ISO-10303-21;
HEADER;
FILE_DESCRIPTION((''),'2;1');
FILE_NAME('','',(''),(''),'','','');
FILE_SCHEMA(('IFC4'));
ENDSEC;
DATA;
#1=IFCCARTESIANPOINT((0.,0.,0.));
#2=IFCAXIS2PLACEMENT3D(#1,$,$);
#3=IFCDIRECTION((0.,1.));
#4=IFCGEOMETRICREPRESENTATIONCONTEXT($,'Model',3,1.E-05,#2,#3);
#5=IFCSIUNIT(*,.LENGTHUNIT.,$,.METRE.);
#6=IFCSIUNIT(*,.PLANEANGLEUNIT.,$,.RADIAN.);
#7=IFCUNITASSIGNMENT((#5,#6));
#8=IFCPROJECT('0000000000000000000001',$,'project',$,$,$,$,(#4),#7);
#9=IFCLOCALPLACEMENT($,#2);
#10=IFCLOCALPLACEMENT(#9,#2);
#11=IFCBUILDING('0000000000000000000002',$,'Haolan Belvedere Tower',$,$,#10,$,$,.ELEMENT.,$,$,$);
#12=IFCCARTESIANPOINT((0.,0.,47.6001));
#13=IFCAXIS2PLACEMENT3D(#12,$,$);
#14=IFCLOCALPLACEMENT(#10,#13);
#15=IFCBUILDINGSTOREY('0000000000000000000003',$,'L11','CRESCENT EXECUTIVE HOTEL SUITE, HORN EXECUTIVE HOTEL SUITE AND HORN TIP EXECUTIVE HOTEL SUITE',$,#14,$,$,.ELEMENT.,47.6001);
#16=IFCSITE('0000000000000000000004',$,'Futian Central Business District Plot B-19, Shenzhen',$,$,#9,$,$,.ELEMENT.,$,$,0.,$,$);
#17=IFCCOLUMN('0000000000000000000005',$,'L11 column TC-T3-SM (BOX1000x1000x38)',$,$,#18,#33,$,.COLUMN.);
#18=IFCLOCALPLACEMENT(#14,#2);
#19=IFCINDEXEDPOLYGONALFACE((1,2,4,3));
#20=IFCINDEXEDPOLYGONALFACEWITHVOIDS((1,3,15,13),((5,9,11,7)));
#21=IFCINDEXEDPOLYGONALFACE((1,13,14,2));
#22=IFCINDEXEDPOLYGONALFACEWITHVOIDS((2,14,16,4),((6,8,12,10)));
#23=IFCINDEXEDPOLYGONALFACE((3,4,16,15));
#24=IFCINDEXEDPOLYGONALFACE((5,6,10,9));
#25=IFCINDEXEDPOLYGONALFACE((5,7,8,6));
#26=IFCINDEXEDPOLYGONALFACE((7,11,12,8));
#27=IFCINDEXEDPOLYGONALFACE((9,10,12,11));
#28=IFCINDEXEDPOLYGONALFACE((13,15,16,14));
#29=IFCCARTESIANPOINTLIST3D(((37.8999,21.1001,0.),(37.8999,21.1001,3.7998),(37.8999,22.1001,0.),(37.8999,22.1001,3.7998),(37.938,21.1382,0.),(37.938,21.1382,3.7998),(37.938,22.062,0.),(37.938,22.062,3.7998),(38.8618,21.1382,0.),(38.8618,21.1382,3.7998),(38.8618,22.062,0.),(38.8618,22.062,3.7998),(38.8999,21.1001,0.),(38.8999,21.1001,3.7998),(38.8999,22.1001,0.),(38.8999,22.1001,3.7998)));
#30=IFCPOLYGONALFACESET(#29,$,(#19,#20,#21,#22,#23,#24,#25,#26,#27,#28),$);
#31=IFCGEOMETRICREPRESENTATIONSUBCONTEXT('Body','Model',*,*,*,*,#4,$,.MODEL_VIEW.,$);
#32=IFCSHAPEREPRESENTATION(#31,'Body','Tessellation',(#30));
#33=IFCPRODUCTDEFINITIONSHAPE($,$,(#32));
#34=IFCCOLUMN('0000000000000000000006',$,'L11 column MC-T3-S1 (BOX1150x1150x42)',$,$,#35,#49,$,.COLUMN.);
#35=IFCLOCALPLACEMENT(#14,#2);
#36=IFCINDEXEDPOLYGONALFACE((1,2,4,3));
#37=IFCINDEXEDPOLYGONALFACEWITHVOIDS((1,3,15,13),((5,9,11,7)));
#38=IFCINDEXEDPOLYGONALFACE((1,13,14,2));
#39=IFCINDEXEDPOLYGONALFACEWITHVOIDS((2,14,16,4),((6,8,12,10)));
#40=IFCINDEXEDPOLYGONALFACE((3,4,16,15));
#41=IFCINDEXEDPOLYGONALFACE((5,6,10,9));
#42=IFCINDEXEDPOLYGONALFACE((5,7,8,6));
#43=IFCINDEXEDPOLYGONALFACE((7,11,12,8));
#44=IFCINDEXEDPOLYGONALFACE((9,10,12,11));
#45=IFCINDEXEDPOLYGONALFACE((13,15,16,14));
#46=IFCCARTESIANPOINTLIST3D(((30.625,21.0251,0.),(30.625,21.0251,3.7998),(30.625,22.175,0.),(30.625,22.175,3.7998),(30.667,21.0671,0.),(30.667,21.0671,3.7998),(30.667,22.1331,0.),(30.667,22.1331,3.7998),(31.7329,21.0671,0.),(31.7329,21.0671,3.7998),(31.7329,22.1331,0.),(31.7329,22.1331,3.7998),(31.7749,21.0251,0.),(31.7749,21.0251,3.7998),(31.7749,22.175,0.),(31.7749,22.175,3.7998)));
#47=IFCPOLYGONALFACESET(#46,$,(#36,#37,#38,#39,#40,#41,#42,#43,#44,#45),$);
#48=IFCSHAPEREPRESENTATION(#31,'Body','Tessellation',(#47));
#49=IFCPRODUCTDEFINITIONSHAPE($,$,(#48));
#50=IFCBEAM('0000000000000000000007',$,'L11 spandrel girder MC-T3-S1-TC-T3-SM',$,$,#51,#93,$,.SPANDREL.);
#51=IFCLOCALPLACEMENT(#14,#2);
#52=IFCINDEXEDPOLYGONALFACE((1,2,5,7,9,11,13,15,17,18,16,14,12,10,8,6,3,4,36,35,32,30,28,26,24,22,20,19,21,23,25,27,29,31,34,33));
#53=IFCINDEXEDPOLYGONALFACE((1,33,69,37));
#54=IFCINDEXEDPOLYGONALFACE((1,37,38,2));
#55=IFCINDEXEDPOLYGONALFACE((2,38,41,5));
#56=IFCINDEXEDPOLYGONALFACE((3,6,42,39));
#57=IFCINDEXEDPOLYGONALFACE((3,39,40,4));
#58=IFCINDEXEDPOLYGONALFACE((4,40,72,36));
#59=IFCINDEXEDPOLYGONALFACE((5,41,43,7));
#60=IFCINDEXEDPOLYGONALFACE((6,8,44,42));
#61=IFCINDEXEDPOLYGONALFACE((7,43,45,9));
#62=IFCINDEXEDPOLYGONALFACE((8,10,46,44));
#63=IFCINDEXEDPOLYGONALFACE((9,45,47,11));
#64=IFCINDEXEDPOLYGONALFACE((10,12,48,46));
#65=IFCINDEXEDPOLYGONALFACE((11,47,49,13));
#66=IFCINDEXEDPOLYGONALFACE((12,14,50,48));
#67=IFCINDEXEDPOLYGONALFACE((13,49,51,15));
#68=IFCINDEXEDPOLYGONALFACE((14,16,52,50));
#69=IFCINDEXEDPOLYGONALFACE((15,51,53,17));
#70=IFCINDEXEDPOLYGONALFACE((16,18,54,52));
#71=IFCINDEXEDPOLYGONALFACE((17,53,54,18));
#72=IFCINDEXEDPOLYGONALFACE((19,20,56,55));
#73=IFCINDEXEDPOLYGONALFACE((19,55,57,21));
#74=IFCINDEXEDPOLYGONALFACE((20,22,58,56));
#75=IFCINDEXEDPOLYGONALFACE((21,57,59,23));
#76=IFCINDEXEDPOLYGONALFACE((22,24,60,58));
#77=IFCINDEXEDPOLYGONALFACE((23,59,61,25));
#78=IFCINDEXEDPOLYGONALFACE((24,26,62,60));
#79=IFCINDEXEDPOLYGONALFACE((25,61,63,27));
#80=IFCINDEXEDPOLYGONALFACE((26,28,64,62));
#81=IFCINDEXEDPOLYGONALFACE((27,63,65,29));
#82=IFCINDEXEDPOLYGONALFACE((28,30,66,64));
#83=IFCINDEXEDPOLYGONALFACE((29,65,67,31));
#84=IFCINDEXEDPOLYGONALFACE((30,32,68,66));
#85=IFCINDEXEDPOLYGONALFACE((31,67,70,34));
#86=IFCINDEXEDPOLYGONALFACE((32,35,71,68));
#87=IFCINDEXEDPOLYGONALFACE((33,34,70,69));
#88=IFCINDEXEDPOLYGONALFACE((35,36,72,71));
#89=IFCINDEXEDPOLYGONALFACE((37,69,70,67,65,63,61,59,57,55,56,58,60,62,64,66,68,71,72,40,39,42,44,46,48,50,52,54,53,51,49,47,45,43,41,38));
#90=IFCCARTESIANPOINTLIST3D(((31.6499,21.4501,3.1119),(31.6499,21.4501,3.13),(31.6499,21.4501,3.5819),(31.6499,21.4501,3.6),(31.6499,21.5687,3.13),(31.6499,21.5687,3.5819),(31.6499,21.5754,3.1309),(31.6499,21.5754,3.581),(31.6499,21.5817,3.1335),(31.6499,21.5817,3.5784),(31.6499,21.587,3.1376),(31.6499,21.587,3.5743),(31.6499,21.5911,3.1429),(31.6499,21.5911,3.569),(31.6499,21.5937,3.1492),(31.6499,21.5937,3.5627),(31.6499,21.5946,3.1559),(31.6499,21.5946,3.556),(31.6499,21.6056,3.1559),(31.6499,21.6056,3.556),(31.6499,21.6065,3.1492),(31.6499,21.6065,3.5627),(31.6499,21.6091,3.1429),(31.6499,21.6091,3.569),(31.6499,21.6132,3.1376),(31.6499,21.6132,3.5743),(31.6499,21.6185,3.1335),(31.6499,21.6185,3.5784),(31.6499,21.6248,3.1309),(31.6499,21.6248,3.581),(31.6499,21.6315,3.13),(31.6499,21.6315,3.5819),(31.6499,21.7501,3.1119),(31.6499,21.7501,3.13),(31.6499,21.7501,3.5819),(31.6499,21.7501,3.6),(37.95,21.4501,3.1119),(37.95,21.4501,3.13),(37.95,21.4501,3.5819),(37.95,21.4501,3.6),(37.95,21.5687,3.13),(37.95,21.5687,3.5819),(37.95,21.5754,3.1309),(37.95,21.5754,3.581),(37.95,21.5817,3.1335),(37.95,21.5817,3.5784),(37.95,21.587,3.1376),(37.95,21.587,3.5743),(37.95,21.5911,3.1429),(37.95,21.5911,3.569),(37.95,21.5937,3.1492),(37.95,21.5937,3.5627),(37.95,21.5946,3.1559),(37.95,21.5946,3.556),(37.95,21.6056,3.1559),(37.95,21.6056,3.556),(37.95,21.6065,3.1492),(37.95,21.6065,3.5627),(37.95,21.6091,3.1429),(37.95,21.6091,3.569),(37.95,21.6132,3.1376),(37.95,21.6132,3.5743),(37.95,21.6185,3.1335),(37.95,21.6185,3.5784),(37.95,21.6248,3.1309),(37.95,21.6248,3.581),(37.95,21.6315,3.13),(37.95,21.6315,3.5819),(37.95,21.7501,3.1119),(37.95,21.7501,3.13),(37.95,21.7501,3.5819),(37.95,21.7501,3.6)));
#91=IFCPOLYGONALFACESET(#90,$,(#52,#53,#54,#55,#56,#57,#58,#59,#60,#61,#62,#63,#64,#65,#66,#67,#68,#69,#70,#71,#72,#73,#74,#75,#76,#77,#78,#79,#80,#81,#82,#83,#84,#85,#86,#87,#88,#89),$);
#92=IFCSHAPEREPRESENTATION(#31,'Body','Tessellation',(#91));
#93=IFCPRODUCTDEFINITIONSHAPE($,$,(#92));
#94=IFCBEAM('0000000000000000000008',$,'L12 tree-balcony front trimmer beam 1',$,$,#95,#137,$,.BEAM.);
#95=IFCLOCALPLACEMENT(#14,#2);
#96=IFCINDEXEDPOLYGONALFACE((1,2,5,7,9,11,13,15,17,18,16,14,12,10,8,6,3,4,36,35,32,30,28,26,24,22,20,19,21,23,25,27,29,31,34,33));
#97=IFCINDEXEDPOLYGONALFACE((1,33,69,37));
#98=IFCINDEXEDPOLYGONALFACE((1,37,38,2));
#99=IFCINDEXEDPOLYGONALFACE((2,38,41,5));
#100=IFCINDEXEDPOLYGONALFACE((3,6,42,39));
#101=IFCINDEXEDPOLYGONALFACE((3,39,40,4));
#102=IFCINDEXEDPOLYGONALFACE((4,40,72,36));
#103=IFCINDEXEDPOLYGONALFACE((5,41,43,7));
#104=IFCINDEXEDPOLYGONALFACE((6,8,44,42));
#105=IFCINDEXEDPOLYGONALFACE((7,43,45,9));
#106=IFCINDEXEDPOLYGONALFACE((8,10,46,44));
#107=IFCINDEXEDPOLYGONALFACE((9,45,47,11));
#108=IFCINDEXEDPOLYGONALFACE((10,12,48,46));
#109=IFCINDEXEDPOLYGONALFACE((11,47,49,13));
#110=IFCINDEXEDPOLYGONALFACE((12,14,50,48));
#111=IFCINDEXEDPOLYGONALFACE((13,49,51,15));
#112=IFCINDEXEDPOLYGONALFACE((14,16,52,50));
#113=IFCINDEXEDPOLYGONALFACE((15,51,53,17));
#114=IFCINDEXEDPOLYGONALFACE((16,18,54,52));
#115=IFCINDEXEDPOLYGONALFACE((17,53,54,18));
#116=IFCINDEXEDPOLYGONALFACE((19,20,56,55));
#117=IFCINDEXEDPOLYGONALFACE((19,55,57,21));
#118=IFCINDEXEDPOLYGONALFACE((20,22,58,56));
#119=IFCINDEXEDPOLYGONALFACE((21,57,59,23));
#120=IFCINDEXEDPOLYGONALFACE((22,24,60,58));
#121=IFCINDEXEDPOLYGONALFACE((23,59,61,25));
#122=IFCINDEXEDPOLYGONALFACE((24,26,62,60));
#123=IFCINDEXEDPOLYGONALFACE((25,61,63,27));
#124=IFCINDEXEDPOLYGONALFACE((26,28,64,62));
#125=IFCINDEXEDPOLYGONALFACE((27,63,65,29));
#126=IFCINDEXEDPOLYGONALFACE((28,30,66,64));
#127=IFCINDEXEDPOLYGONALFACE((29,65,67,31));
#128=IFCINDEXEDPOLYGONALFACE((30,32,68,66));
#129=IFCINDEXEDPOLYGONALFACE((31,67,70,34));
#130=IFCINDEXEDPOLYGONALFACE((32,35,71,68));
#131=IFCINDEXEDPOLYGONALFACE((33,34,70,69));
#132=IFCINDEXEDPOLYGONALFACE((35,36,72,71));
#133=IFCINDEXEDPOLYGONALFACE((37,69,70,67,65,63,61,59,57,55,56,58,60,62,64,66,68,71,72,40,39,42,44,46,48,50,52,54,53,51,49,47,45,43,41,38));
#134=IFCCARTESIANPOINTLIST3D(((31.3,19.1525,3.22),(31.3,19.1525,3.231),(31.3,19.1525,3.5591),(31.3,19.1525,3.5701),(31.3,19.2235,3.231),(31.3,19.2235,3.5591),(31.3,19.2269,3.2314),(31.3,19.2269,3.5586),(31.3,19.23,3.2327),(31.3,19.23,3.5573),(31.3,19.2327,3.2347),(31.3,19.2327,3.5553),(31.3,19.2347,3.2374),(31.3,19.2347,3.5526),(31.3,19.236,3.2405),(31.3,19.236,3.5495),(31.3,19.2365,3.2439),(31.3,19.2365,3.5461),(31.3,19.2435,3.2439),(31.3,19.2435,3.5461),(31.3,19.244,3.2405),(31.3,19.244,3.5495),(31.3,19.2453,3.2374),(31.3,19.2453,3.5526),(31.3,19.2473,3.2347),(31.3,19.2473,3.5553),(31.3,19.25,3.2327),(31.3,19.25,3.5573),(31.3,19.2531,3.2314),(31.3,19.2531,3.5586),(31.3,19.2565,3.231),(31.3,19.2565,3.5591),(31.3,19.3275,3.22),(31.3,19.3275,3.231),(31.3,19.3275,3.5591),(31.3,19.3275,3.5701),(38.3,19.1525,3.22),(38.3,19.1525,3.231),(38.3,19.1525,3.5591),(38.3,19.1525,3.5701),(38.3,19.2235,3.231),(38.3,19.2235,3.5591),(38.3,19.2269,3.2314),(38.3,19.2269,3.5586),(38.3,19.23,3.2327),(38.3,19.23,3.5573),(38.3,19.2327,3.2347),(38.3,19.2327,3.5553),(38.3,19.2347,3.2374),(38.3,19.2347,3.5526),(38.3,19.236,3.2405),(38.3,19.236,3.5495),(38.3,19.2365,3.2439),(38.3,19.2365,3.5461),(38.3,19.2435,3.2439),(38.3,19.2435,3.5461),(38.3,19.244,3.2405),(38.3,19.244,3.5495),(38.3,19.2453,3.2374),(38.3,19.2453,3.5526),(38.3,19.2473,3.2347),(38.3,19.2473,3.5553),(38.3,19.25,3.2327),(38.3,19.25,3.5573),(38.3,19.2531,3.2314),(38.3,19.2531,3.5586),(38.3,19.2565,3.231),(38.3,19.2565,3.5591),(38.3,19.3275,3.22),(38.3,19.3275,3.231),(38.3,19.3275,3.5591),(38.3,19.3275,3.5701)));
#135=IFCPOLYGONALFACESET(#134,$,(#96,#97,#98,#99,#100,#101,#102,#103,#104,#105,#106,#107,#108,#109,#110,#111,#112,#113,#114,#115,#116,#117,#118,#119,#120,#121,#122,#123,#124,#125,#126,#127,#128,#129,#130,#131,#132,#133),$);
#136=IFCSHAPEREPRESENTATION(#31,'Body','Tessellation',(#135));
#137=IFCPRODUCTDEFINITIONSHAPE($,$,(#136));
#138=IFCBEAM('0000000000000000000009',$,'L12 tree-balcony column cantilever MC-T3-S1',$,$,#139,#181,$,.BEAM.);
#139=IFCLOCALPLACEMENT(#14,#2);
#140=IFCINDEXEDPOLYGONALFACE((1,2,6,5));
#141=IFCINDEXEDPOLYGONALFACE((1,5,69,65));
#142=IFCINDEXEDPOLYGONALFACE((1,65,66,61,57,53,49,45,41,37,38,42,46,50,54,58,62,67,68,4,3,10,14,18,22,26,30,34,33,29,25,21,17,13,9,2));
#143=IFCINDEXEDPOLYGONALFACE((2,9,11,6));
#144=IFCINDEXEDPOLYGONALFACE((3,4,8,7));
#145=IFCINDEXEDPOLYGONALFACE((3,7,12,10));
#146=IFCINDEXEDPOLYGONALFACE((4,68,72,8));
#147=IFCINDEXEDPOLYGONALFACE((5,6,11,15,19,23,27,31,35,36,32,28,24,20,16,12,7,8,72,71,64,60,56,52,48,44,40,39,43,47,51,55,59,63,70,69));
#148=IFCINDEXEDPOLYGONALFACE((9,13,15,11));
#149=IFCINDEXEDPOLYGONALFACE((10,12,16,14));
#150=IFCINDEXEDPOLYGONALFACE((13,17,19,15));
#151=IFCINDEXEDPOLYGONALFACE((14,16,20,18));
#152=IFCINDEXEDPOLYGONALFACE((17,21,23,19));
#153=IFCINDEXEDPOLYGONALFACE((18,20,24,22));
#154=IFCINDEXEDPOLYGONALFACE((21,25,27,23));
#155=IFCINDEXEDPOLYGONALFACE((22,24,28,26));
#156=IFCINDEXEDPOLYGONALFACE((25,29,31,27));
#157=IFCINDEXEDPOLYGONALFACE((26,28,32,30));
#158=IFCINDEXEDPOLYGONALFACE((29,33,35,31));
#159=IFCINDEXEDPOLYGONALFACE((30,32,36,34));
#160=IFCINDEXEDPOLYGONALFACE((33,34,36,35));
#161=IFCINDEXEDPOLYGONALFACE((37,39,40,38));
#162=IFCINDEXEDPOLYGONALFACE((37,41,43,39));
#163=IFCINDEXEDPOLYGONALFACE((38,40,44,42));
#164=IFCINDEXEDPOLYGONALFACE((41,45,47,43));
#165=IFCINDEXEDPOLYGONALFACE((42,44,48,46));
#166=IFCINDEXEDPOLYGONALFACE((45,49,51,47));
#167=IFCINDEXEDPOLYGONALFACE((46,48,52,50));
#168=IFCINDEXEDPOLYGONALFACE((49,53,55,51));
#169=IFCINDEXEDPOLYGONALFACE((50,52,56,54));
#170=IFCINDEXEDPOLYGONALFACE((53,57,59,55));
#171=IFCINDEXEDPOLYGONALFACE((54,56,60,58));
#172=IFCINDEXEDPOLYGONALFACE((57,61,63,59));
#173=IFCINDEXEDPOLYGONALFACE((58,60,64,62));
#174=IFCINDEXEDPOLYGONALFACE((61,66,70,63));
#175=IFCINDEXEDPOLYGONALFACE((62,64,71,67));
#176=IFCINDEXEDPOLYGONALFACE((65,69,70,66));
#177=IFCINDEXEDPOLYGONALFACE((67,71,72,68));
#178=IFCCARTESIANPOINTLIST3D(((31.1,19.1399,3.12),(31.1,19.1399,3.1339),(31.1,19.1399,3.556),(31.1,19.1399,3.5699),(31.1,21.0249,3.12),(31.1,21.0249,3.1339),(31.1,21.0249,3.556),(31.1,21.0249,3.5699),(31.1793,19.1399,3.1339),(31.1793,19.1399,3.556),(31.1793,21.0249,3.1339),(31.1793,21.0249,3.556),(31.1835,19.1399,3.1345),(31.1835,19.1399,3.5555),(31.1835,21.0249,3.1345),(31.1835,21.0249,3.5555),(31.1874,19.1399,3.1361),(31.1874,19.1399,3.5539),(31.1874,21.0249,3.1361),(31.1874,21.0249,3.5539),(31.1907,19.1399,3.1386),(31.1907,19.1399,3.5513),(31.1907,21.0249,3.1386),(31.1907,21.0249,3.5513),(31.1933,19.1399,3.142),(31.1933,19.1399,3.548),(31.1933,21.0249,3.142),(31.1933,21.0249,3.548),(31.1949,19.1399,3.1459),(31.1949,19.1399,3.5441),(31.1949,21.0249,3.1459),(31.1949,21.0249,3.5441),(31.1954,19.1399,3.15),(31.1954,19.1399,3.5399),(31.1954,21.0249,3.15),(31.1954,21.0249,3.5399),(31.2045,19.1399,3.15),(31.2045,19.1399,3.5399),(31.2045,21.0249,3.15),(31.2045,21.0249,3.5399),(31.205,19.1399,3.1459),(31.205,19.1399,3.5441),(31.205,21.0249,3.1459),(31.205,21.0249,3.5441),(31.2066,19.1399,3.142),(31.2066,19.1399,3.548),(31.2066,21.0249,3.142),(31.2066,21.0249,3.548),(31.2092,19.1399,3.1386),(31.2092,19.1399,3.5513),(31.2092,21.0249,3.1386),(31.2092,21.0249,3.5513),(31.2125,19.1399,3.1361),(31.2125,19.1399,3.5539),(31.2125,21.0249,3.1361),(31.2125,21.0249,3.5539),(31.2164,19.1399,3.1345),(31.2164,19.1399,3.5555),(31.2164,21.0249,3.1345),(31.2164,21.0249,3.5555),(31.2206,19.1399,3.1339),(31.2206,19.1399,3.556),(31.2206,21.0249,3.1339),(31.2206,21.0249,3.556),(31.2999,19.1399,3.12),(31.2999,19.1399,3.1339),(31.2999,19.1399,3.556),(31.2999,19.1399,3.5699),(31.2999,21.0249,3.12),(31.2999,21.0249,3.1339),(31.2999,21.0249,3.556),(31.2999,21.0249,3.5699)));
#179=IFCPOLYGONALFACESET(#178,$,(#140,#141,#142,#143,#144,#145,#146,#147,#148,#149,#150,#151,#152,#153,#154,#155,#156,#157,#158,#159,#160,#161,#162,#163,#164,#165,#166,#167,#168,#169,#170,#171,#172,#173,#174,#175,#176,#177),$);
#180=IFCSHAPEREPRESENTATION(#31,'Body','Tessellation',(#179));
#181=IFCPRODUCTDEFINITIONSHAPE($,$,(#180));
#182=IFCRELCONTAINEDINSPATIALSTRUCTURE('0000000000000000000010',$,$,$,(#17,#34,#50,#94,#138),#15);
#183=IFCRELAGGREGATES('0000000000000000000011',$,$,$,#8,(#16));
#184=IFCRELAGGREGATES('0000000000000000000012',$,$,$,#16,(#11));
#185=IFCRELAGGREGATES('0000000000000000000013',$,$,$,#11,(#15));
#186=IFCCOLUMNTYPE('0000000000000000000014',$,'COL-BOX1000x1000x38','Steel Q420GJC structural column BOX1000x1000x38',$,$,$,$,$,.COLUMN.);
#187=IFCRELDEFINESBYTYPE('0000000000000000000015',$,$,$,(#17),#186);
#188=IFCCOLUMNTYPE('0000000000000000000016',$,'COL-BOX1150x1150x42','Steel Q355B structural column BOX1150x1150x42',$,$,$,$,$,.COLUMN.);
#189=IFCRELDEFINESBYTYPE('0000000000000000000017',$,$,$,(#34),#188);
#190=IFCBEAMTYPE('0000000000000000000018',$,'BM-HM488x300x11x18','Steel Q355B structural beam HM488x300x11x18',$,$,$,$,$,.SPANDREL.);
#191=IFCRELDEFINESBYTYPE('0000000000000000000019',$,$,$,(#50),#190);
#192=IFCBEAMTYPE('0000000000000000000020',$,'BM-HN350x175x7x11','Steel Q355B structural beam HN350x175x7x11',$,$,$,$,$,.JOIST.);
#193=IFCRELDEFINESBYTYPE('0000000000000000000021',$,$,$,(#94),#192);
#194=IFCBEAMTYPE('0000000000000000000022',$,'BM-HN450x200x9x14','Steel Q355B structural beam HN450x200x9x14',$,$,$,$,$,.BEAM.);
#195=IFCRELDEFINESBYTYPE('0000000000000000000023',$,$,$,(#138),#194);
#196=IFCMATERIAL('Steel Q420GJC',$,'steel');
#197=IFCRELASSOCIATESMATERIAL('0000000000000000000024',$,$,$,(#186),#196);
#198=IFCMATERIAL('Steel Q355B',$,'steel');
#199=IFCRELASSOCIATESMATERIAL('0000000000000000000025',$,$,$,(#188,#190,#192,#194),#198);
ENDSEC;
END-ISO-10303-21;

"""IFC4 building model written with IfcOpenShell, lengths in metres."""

from ifc_helpers import new_model, si_unit, direction, frame, origin, origin_2d, place, context, subcontext, project, spatial, hollow_rectangle, i_section, extrude, material, material_profile, profile_set, type_object, element, save


model = new_model("IFC4")

# Units and contexts
model_context = context("Model", 3, precision=1e-05, world=origin(), true_north=direction((0.0, 1.0)))
body_context = subcontext(model_context, "Body", "Model", "MODEL_VIEW")
ifc_project = project(units=[si_unit("LENGTHUNIT", "METRE"), si_unit("PLANEANGLEUNIT", "RADIAN")], contexts=[model_context])

# Site, building, storey
site_placement = place(None, origin())
site = spatial("IfcSite", under=ifc_project, at=site_placement, Name="Futian Central Business District Plot B-19, Shenzhen", CompositionType="ELEMENT", RefElevation=0.0)
building_placement = place(site_placement, origin())
building = spatial("IfcBuilding", under=site, at=building_placement, Name="Haolan Belvedere Tower", CompositionType="ELEMENT")
storey_placement = place(building_placement, frame((0.0, 0.0, 47.6001)))
storey = spatial("IfcBuildingStorey", under=building, at=storey_placement, Name="L11", Description="CRESCENT EXECUTIVE HOTEL SUITE, HORN EXECUTIVE HOTEL SUITE AND HORN TIP EXECUTIVE HOTEL SUITE", CompositionType="ELEMENT", Elevation=47.6001)

# Columns
ifc_material_1 = material(Name="Steel Q420GJC", Category="steel")
ifc_material_profile_1 = material_profile(ifc_material_1, hollow_rectangle(XDim=1.0, YDim=1.0, WallThickness=0.0381, at=origin_2d()), Name="Steel Q420GJC")
ifc_profile_set_1 = profile_set([ifc_material_profile_1], Name="Steel Q420GJC")
column_type_1 = type_object("IfcColumnType", Name="COL-BOX1000x1000x38", Description="Steel Q420GJC structural column BOX1000x1000x38", PredefinedType="COLUMN", material=ifc_profile_set_1)
column_1_placement = place(storey_placement, frame((38.3999, 21.6001, 0.0), z_axis=(0.0, 0.0, 1.0), x_axis=(1.0, 0.0, 0.0)))
element("IfcColumn", 1, at=column_1_placement, inside=storey, type_object=column_type_1, Name="L11 column TC-T3-SM (BOX1000x1000x38)", PredefinedType="COLUMN", context=body_context, shape_type="SweptSolid", body=[
    extrude(hollow_rectangle(XDim=1.0, YDim=1.0, WallThickness=0.0381, at=origin_2d()), origin(), (0.0, 0.0, 1.0), 3.7998),
])
ifc_material_2 = material(Name="Steel Q355B", Category="steel")
ifc_material_profile_2 = material_profile(ifc_material_2, hollow_rectangle(XDim=1.1499, YDim=1.1499, WallThickness=0.042, at=origin_2d()), Name="Steel Q355B")
ifc_profile_set_2 = profile_set([ifc_material_profile_2], Name="Steel Q355B")
column_type_2 = type_object("IfcColumnType", Name="COL-BOX1150x1150x42", Description="Steel Q355B structural column BOX1150x1150x42", PredefinedType="COLUMN", material=ifc_profile_set_2)
column_2_placement = place(storey_placement, frame((31.2, 21.6001, 0.0), z_axis=(0.0, 0.0, 1.0), x_axis=(1.0, 0.0, 0.0)))
element("IfcColumn", 2, at=column_2_placement, inside=storey, type_object=column_type_2, Name="L11 column MC-T3-S1 (BOX1150x1150x42)", PredefinedType="COLUMN", context=body_context, shape_type="SweptSolid", body=[
    extrude(hollow_rectangle(XDim=1.1499, YDim=1.1499, WallThickness=0.042, at=origin_2d()), origin(), (0.0, 0.0, 1.0), 3.7998),
])

# Beams
ifc_material_profile_3 = material_profile(ifc_material_2, i_section(OverallWidth=0.3, OverallDepth=0.488, WebThickness=0.011, FlangeThickness=0.0181, FilletRadius=0.0259, at=origin_2d()), Name="Steel Q355B")
ifc_profile_set_3 = profile_set([ifc_material_profile_3], Name="Steel Q355B")
beam_type_1 = type_object("IfcBeamType", Name="BM-HM488x300x11x18", Description="Steel Q355B structural beam HM488x300x11x18", PredefinedType="SPANDREL", material=ifc_profile_set_3)
beam_1_placement = place(storey_placement, frame((31.6499, 21.6001, 3.356), z_axis=(1.0, 0.0, 0.0), x_axis=(0.0, 1.0, 0.0)))
element("IfcBeam", 3, at=beam_1_placement, inside=storey, type_object=beam_type_1, Name="L11 spandrel girder MC-T3-S1-TC-T3-SM", PredefinedType="SPANDREL", context=body_context, shape_type="SweptSolid", body=[
    extrude(i_section(OverallWidth=0.3, OverallDepth=0.488, WebThickness=0.011, FlangeThickness=0.0181, FilletRadius=0.0259, at=origin_2d()), origin(), (0.0, 0.0, 1.0), 6.3),
])
ifc_material_profile_4 = material_profile(ifc_material_2, i_section(OverallWidth=0.175, OverallDepth=0.3501, WebThickness=0.0071, FlangeThickness=0.011, FilletRadius=0.0129, at=origin_2d()), Name="Steel Q355B")
ifc_profile_set_4 = profile_set([ifc_material_profile_4], Name="Steel Q355B")
beam_type_2 = type_object("IfcBeamType", Name="BM-HN350x175x7x11", Description="Steel Q355B structural beam HN350x175x7x11", PredefinedType="JOIST", material=ifc_profile_set_4)
beam_2_placement = place(storey_placement, frame((31.3, 19.24, 3.395), z_axis=(1.0, 0.0, 0.0), x_axis=(0.0, 1.0, 0.0)))
element("IfcBeam", 4, at=beam_2_placement, inside=storey, type_object=beam_type_2, Name="L12 tree-balcony front trimmer beam 1", PredefinedType="BEAM", context=body_context, shape_type="SweptSolid", body=[
    extrude(i_section(OverallWidth=0.175, OverallDepth=0.3501, WebThickness=0.0071, FlangeThickness=0.011, FilletRadius=0.0129, at=origin_2d()), origin(), (0.0, 0.0, 1.0), 7.0),
])
ifc_material_profile_5 = material_profile(ifc_material_2, i_section(OverallWidth=0.2, OverallDepth=0.45, WebThickness=0.009, FlangeThickness=0.0139, FilletRadius=0.0161, at=origin_2d()), Name="Steel Q355B")
ifc_profile_set_5 = profile_set([ifc_material_profile_5], Name="Steel Q355B")
beam_type_3 = type_object("IfcBeamType", Name="BM-HN450x200x9x14", Description="Steel Q355B structural beam HN450x200x9x14", PredefinedType="BEAM", material=ifc_profile_set_5)
beam_3_placement = place(storey_placement, frame((31.2, 21.0249, 3.345), z_axis=(0.0, -1.0, 0.0), x_axis=(1.0, 0.0, 0.0)))
element("IfcBeam", 5, at=beam_3_placement, inside=storey, type_object=beam_type_3, Name="L12 tree-balcony column cantilever MC-T3-S1", PredefinedType="BEAM", context=body_context, shape_type="SweptSolid", body=[
    extrude(i_section(OverallWidth=0.2, OverallDepth=0.45, WebThickness=0.009, FlangeThickness=0.0139, FilletRadius=0.0161, at=origin_2d()), origin(), (0.0, 0.0, 1.0), 1.885),
])

save(model, "model.ifc")
